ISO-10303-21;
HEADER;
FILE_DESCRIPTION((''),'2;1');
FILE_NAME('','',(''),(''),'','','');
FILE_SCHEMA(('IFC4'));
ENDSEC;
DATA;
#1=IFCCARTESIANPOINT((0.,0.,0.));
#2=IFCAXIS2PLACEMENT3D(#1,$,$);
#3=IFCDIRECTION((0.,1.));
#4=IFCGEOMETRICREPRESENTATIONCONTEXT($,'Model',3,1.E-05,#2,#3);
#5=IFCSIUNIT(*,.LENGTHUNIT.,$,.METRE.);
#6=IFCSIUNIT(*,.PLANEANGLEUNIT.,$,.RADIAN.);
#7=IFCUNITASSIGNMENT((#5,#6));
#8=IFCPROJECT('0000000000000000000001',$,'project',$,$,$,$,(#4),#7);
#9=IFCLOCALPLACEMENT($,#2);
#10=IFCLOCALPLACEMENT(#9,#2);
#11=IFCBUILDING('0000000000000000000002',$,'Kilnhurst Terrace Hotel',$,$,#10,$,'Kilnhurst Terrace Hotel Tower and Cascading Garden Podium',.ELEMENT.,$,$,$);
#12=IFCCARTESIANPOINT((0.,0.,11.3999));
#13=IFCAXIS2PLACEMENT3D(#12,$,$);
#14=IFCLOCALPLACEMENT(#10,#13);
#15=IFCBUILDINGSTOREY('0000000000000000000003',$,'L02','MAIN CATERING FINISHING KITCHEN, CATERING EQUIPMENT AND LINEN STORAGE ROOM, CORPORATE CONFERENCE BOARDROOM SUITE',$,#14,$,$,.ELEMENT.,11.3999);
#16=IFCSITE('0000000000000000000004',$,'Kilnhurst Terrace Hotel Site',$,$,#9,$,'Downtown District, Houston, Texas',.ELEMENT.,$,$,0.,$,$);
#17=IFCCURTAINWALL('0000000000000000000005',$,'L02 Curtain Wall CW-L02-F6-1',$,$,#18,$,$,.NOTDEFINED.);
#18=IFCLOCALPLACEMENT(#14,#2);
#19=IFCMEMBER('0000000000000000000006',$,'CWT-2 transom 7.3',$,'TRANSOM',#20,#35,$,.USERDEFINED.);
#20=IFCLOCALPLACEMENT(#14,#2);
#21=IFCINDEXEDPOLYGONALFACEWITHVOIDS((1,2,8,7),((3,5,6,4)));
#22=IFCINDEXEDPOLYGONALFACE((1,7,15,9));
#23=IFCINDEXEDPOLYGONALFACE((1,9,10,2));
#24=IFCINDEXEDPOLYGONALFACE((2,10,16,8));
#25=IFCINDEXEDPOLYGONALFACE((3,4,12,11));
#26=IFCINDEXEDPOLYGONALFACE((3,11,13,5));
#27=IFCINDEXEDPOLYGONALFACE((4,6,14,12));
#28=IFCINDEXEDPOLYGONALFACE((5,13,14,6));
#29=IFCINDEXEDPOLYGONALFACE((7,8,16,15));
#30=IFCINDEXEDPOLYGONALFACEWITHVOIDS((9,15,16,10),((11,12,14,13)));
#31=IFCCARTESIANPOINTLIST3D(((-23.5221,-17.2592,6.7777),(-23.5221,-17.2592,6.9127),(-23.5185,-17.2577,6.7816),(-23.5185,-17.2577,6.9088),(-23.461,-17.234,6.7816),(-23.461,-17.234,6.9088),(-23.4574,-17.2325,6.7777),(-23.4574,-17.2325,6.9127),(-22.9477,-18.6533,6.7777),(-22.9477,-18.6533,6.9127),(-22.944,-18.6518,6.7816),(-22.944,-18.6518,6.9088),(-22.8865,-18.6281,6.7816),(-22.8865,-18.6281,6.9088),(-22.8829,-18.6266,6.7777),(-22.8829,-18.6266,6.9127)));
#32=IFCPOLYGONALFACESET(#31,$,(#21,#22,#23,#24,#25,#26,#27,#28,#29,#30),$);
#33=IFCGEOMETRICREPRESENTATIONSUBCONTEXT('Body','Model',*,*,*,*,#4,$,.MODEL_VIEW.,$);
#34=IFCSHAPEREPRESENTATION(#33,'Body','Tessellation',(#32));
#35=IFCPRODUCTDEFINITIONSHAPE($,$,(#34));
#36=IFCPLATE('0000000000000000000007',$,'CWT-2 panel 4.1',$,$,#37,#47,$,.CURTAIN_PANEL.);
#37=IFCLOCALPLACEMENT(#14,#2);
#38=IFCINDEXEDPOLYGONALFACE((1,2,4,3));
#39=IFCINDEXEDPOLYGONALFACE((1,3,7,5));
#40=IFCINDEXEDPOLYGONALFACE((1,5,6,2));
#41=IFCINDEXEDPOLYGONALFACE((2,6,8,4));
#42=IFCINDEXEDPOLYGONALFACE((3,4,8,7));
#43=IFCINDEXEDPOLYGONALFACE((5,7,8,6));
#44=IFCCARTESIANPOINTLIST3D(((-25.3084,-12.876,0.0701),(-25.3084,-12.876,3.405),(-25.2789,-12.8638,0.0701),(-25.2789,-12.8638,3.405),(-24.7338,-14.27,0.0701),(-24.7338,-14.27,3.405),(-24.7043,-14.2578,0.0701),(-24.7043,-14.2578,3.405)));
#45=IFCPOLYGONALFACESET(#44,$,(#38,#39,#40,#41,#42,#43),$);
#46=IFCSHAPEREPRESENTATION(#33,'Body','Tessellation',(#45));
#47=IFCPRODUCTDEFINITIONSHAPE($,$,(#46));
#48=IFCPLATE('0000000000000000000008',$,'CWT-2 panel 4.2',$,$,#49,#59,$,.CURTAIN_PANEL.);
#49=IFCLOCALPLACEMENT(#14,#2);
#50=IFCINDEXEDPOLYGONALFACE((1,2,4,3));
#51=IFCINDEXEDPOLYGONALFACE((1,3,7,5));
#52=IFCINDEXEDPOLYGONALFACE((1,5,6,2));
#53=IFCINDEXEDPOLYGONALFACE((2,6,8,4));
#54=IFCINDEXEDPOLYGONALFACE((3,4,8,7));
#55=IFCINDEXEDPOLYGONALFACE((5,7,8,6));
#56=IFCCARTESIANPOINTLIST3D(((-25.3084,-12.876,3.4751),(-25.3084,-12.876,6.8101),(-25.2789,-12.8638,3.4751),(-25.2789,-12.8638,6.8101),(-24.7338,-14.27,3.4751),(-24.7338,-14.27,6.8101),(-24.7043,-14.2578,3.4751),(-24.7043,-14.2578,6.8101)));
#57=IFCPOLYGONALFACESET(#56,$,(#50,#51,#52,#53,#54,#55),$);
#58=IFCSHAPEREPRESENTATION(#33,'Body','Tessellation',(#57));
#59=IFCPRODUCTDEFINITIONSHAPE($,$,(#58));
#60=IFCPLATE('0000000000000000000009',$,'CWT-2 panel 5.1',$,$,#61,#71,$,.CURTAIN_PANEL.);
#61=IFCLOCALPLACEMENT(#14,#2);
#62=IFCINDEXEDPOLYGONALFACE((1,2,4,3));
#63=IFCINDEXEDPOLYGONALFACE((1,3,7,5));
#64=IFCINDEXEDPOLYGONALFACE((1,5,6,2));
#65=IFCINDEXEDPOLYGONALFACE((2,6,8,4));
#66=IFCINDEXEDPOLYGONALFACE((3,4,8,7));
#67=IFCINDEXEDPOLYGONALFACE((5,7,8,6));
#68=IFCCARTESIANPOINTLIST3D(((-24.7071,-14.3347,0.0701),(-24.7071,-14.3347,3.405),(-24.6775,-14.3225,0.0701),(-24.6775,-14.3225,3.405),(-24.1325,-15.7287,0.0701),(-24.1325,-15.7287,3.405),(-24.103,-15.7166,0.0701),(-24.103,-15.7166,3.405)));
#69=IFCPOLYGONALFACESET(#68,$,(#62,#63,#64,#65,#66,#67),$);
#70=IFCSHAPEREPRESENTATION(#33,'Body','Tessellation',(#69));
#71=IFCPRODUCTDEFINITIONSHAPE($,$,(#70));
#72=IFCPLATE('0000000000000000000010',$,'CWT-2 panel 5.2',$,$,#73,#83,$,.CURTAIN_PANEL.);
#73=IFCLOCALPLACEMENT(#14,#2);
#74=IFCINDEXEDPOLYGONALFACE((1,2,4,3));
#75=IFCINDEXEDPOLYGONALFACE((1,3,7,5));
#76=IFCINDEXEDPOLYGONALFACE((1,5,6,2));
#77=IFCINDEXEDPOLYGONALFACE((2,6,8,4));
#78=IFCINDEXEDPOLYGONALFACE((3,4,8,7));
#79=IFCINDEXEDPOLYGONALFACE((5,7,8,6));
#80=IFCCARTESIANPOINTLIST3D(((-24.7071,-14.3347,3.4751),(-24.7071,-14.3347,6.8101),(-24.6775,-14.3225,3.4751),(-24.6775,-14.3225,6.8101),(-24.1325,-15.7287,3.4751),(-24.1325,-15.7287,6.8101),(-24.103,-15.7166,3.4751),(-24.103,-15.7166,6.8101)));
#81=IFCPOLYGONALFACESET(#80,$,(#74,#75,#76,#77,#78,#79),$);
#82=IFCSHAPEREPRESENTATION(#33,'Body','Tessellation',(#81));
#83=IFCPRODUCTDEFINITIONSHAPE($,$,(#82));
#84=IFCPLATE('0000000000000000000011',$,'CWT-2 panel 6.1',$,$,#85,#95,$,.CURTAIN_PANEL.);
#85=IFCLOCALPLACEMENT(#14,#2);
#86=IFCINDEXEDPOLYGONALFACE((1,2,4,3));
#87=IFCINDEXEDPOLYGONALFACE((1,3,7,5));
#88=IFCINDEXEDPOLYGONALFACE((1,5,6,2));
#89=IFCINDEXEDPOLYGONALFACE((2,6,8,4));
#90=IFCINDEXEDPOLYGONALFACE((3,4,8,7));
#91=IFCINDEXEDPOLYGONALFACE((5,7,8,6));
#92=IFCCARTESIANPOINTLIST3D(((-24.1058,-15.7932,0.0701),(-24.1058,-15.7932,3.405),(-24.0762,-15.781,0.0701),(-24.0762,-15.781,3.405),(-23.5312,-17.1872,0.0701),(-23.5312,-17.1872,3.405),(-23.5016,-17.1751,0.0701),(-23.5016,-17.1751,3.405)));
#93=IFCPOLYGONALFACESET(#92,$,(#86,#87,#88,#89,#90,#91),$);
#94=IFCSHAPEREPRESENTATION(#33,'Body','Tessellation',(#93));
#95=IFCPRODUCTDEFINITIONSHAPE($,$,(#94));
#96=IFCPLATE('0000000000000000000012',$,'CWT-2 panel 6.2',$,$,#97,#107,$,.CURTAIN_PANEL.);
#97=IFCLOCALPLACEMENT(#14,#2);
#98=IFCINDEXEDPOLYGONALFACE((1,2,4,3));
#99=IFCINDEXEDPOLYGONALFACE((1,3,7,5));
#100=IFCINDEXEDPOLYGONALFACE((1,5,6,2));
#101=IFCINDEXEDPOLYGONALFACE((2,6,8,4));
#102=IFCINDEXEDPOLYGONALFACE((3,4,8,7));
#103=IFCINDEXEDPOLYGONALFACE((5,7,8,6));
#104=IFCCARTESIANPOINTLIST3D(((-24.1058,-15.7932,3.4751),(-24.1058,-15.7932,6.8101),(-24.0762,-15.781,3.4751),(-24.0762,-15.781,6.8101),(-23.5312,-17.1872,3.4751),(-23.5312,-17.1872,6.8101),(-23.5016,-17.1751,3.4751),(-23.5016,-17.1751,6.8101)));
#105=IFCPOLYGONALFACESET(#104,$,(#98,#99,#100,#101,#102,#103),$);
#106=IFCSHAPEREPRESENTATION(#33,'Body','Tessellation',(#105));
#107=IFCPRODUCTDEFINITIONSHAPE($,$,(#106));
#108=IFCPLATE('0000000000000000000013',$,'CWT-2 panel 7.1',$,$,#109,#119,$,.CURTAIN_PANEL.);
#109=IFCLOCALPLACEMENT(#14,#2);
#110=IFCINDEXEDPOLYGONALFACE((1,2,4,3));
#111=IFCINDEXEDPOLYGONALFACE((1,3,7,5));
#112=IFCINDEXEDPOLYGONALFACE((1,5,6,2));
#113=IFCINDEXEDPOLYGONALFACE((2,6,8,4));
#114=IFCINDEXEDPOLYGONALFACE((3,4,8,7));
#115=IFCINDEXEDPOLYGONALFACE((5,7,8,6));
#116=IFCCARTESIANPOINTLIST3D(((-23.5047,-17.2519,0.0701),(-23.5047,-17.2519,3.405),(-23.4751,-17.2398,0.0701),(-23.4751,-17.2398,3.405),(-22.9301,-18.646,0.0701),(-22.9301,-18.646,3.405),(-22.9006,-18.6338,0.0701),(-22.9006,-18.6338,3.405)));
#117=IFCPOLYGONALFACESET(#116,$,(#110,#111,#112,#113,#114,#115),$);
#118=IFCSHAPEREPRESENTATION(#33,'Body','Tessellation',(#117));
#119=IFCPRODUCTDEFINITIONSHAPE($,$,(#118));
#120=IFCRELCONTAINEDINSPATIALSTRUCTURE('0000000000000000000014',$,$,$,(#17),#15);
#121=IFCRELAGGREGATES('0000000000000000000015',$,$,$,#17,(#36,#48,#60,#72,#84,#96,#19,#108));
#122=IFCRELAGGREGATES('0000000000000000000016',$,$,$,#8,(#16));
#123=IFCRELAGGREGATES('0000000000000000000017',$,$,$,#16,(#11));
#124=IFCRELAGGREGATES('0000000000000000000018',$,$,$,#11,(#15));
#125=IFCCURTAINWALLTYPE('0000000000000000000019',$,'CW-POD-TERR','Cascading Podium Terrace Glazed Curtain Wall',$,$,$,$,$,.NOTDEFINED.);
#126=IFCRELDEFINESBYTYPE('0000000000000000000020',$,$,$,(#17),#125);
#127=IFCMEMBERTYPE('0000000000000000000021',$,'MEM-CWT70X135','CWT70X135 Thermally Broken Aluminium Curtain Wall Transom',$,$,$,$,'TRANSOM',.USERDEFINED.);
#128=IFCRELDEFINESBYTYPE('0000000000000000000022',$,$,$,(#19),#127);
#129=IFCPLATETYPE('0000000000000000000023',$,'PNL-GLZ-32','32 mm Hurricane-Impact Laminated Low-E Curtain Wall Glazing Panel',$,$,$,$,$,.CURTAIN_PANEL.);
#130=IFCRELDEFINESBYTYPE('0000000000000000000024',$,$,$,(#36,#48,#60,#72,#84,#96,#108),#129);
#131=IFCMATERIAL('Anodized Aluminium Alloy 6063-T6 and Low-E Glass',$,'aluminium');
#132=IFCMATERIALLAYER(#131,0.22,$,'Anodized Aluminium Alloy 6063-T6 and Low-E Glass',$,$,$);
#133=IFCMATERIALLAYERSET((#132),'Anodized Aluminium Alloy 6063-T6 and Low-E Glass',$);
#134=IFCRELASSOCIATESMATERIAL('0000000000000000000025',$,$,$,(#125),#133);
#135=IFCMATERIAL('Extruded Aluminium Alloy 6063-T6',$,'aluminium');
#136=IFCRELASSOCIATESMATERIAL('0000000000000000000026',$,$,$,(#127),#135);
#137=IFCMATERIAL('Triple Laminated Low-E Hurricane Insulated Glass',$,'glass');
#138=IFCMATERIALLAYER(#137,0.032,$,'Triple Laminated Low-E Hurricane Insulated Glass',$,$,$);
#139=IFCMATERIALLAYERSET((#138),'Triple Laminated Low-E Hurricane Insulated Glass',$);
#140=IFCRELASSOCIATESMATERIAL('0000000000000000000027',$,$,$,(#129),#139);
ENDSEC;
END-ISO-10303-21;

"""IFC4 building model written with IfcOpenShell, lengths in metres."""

from ifc_helpers import new_model, si_unit, direction, frame, origin, origin_2d, place, context, subcontext, project, spatial, rectangle, hollow_rectangle, extrude, material, layer, layer_set, material_profile, profile_set, type_object, element, aggregate, save


model = new_model("IFC4")

# Units and contexts
model_context = context("Model", 3, precision=1e-05, world=origin(), true_north=direction((0.0, 1.0)))
body_context = subcontext(model_context, "Body", "Model", "MODEL_VIEW")
ifc_project = project(units=[si_unit("LENGTHUNIT", "METRE"), si_unit("PLANEANGLEUNIT", "RADIAN")], contexts=[model_context])

# Site, building, storey
site_placement = place(None, origin())
site = spatial("IfcSite", under=ifc_project, at=site_placement, Name="Kilnhurst Terrace Hotel Site", LongName="Downtown District, Houston, Texas", CompositionType="ELEMENT", RefElevation=0.0)
building_placement = place(site_placement, origin())
building = spatial("IfcBuilding", under=site, at=building_placement, Name="Kilnhurst Terrace Hotel", LongName="Kilnhurst Terrace Hotel Tower and Cascading Garden Podium", CompositionType="ELEMENT")
storey_placement = place(building_placement, frame((0.0, 0.0, 11.3999)))
storey = spatial("IfcBuildingStorey", under=building, at=storey_placement, Name="L02", Description="MAIN CATERING FINISHING KITCHEN, CATERING EQUIPMENT AND LINEN STORAGE ROOM, CORPORATE CONFERENCE BOARDROOM SUITE", CompositionType="ELEMENT", Elevation=11.3999)

# Curtain wall, member, plates
ifc_material_1 = material(Name="Anodized Aluminium Alloy 6063-T6 and Low-E Glass", Category="aluminium")
ifc_layer_1 = layer(ifc_material_1, 0.22, Name="Anodized Aluminium Alloy 6063-T6 and Low-E Glass")
ifc_layer_set_1 = layer_set([ifc_layer_1], Name="Anodized Aluminium Alloy 6063-T6 and Low-E Glass")
curtain_wall_type = type_object("IfcCurtainWallType", Name="CW-POD-TERR", Description="Cascading Podium Terrace Glazed Curtain Wall", PredefinedType="NOTDEFINED", material=ifc_layer_set_1)
curtain_wall_placement = place(storey_placement, origin())
curtain_wall = element("IfcCurtainWall", 1, at=curtain_wall_placement, inside=storey, type_object=curtain_wall_type, Name="L02 Curtain Wall CW-L02-F6-1", PredefinedType="NOTDEFINED")
ifc_material_2 = material(Name="Extruded Aluminium Alloy 6063-T6", Category="aluminium")
ifc_material_profile_1 = material_profile(ifc_material_2, hollow_rectangle(XDim=0.0701, YDim=0.135, WallThickness=0.0039, at=origin_2d()), Name="CWT70X135")
ifc_profile_set_1 = profile_set([ifc_material_profile_1], Name="Extruded Aluminium Alloy 6063-T6")
member_type_1 = type_object("IfcMemberType", Name="MEM-CWT70X135", Description="CWT70X135 Thermally Broken Aluminium Curtain Wall Transom", ElementType="TRANSOM", PredefinedType="USERDEFINED", material=ifc_profile_set_1)
member_1_placement = place(storey_placement, frame((-23.4897, -17.2458, 6.8452), z_axis=(0.381002, -0.924574, 0.0), x_axis=(0.924574, 0.381002, 0.0)))
member_1 = element("IfcMember", 2, at=member_1_placement, type_object=member_type_1, Name="CWT-2 transom 7.3", ObjectType="TRANSOM", PredefinedType="USERDEFINED", context=body_context, shape_type="SweptSolid", body=[
    extrude(hollow_rectangle(XDim=0.0701, YDim=0.135, WallThickness=0.0039, at=origin_2d()), origin(), (0.0, 0.0, 1.0), 1.5078),
])
ifc_material_3 = material(Name="Triple Laminated Low-E Hurricane Insulated Glass", Category="glass")
ifc_layer_2 = layer(ifc_material_3, 0.032, Name="Triple Laminated Low-E Hurricane Insulated Glass")
ifc_layer_set_2 = layer_set([ifc_layer_2], Name="Triple Laminated Low-E Hurricane Insulated Glass")
plate_type = type_object("IfcPlateType", Name="PNL-GLZ-32", Description="32 mm Hurricane-Impact Laminated Low-E Curtain Wall Glazing Panel", PredefinedType="CURTAIN_PANEL", material=ifc_layer_set_2)
plate_1_placement = place(storey_placement, frame((-25.0063, -13.5669, 0.0701), z_axis=(0.0, 0.0, 1.0), x_axis=(0.381073, -0.924545, 0.0)))
plate_1 = element("IfcPlate", 3, at=plate_1_placement, type_object=plate_type, Name="CWT-2 panel 4.1", PredefinedType="CURTAIN_PANEL", context=body_context, shape_type="SweptSolid", body=[
    extrude(rectangle(XDim=1.5078, YDim=0.032, at=origin_2d()), origin(), (0.0, 0.0, 1.0), 3.335),
])
plate_2_placement = place(storey_placement, frame((-25.0063, -13.5669, 3.4751), z_axis=(0.0, 0.0, 1.0), x_axis=(0.381073, -0.924545, 0.0)))
plate_2 = element("IfcPlate", 4, at=plate_2_placement, type_object=plate_type, Name="CWT-2 panel 4.2", PredefinedType="CURTAIN_PANEL", context=body_context, shape_type="SweptSolid", body=[
    extrude(rectangle(XDim=1.5078, YDim=0.032, at=origin_2d()), origin(), (0.0, 0.0, 1.0), 3.335),
])
plate_3_placement = place(storey_placement, frame((-24.405, -15.0256, 0.0701), z_axis=(0.0, 0.0, 1.0), x_axis=(0.381073, -0.924545, 0.0)))
plate_3 = element("IfcPlate", 5, at=plate_3_placement, type_object=plate_type, Name="CWT-2 panel 5.1", PredefinedType="CURTAIN_PANEL", context=body_context, shape_type="SweptSolid", body=[
    extrude(rectangle(XDim=1.5078, YDim=0.032, at=origin_2d()), origin(), (0.0, 0.0, 1.0), 3.335),
])
plate_4_placement = place(storey_placement, frame((-24.405, -15.0256, 3.4751), z_axis=(0.0, 0.0, 1.0), x_axis=(0.381073, -0.924545, 0.0)))
plate_4 = element("IfcPlate", 6, at=plate_4_placement, type_object=plate_type, Name="CWT-2 panel 5.2", PredefinedType="CURTAIN_PANEL", context=body_context, shape_type="SweptSolid", body=[
    extrude(rectangle(XDim=1.5078, YDim=0.032, at=origin_2d()), origin(), (0.0, 0.0, 1.0), 3.335),
])
plate_5_placement = place(storey_placement, frame((-23.8037, -16.4841, 0.0701), z_axis=(0.0, 0.0, 1.0), x_axis=(0.381073, -0.924545, 0.0)))
plate_5 = element("IfcPlate", 7, at=plate_5_placement, type_object=plate_type, Name="CWT-2 panel 6.1", PredefinedType="CURTAIN_PANEL", context=body_context, shape_type="SweptSolid", body=[
    extrude(rectangle(XDim=1.5078, YDim=0.032, at=origin_2d()), origin(), (0.0, 0.0, 1.0), 3.335),
])
plate_6_placement = place(storey_placement, frame((-23.8037, -16.4841, 3.4751), z_axis=(0.0, 0.0, 1.0), x_axis=(0.381073, -0.924545, 0.0)))
plate_6 = element("IfcPlate", 8, at=plate_6_placement, type_object=plate_type, Name="CWT-2 panel 6.2", PredefinedType="CURTAIN_PANEL", context=body_context, shape_type="SweptSolid", body=[
    extrude(rectangle(XDim=1.5078, YDim=0.032, at=origin_2d()), origin(), (0.0, 0.0, 1.0), 3.335),
])
plate_7_placement = place(storey_placement, frame((-23.2026, -17.9429, 0.0701), z_axis=(0.0, 0.0, 1.0), x_axis=(0.381073, -0.924545, 0.0)))
plate_7 = element("IfcPlate", 9, at=plate_7_placement, type_object=plate_type, Name="CWT-2 panel 7.1", PredefinedType="CURTAIN_PANEL", context=body_context, shape_type="SweptSolid", body=[
    extrude(rectangle(XDim=1.5078, YDim=0.032, at=origin_2d()), origin(), (0.0, 0.0, 1.0), 3.335),
])
aggregate(curtain_wall, [plate_1, plate_2, plate_3, plate_4, plate_5, plate_6, member_1, plate_7])

save(model, "model.ifc")
